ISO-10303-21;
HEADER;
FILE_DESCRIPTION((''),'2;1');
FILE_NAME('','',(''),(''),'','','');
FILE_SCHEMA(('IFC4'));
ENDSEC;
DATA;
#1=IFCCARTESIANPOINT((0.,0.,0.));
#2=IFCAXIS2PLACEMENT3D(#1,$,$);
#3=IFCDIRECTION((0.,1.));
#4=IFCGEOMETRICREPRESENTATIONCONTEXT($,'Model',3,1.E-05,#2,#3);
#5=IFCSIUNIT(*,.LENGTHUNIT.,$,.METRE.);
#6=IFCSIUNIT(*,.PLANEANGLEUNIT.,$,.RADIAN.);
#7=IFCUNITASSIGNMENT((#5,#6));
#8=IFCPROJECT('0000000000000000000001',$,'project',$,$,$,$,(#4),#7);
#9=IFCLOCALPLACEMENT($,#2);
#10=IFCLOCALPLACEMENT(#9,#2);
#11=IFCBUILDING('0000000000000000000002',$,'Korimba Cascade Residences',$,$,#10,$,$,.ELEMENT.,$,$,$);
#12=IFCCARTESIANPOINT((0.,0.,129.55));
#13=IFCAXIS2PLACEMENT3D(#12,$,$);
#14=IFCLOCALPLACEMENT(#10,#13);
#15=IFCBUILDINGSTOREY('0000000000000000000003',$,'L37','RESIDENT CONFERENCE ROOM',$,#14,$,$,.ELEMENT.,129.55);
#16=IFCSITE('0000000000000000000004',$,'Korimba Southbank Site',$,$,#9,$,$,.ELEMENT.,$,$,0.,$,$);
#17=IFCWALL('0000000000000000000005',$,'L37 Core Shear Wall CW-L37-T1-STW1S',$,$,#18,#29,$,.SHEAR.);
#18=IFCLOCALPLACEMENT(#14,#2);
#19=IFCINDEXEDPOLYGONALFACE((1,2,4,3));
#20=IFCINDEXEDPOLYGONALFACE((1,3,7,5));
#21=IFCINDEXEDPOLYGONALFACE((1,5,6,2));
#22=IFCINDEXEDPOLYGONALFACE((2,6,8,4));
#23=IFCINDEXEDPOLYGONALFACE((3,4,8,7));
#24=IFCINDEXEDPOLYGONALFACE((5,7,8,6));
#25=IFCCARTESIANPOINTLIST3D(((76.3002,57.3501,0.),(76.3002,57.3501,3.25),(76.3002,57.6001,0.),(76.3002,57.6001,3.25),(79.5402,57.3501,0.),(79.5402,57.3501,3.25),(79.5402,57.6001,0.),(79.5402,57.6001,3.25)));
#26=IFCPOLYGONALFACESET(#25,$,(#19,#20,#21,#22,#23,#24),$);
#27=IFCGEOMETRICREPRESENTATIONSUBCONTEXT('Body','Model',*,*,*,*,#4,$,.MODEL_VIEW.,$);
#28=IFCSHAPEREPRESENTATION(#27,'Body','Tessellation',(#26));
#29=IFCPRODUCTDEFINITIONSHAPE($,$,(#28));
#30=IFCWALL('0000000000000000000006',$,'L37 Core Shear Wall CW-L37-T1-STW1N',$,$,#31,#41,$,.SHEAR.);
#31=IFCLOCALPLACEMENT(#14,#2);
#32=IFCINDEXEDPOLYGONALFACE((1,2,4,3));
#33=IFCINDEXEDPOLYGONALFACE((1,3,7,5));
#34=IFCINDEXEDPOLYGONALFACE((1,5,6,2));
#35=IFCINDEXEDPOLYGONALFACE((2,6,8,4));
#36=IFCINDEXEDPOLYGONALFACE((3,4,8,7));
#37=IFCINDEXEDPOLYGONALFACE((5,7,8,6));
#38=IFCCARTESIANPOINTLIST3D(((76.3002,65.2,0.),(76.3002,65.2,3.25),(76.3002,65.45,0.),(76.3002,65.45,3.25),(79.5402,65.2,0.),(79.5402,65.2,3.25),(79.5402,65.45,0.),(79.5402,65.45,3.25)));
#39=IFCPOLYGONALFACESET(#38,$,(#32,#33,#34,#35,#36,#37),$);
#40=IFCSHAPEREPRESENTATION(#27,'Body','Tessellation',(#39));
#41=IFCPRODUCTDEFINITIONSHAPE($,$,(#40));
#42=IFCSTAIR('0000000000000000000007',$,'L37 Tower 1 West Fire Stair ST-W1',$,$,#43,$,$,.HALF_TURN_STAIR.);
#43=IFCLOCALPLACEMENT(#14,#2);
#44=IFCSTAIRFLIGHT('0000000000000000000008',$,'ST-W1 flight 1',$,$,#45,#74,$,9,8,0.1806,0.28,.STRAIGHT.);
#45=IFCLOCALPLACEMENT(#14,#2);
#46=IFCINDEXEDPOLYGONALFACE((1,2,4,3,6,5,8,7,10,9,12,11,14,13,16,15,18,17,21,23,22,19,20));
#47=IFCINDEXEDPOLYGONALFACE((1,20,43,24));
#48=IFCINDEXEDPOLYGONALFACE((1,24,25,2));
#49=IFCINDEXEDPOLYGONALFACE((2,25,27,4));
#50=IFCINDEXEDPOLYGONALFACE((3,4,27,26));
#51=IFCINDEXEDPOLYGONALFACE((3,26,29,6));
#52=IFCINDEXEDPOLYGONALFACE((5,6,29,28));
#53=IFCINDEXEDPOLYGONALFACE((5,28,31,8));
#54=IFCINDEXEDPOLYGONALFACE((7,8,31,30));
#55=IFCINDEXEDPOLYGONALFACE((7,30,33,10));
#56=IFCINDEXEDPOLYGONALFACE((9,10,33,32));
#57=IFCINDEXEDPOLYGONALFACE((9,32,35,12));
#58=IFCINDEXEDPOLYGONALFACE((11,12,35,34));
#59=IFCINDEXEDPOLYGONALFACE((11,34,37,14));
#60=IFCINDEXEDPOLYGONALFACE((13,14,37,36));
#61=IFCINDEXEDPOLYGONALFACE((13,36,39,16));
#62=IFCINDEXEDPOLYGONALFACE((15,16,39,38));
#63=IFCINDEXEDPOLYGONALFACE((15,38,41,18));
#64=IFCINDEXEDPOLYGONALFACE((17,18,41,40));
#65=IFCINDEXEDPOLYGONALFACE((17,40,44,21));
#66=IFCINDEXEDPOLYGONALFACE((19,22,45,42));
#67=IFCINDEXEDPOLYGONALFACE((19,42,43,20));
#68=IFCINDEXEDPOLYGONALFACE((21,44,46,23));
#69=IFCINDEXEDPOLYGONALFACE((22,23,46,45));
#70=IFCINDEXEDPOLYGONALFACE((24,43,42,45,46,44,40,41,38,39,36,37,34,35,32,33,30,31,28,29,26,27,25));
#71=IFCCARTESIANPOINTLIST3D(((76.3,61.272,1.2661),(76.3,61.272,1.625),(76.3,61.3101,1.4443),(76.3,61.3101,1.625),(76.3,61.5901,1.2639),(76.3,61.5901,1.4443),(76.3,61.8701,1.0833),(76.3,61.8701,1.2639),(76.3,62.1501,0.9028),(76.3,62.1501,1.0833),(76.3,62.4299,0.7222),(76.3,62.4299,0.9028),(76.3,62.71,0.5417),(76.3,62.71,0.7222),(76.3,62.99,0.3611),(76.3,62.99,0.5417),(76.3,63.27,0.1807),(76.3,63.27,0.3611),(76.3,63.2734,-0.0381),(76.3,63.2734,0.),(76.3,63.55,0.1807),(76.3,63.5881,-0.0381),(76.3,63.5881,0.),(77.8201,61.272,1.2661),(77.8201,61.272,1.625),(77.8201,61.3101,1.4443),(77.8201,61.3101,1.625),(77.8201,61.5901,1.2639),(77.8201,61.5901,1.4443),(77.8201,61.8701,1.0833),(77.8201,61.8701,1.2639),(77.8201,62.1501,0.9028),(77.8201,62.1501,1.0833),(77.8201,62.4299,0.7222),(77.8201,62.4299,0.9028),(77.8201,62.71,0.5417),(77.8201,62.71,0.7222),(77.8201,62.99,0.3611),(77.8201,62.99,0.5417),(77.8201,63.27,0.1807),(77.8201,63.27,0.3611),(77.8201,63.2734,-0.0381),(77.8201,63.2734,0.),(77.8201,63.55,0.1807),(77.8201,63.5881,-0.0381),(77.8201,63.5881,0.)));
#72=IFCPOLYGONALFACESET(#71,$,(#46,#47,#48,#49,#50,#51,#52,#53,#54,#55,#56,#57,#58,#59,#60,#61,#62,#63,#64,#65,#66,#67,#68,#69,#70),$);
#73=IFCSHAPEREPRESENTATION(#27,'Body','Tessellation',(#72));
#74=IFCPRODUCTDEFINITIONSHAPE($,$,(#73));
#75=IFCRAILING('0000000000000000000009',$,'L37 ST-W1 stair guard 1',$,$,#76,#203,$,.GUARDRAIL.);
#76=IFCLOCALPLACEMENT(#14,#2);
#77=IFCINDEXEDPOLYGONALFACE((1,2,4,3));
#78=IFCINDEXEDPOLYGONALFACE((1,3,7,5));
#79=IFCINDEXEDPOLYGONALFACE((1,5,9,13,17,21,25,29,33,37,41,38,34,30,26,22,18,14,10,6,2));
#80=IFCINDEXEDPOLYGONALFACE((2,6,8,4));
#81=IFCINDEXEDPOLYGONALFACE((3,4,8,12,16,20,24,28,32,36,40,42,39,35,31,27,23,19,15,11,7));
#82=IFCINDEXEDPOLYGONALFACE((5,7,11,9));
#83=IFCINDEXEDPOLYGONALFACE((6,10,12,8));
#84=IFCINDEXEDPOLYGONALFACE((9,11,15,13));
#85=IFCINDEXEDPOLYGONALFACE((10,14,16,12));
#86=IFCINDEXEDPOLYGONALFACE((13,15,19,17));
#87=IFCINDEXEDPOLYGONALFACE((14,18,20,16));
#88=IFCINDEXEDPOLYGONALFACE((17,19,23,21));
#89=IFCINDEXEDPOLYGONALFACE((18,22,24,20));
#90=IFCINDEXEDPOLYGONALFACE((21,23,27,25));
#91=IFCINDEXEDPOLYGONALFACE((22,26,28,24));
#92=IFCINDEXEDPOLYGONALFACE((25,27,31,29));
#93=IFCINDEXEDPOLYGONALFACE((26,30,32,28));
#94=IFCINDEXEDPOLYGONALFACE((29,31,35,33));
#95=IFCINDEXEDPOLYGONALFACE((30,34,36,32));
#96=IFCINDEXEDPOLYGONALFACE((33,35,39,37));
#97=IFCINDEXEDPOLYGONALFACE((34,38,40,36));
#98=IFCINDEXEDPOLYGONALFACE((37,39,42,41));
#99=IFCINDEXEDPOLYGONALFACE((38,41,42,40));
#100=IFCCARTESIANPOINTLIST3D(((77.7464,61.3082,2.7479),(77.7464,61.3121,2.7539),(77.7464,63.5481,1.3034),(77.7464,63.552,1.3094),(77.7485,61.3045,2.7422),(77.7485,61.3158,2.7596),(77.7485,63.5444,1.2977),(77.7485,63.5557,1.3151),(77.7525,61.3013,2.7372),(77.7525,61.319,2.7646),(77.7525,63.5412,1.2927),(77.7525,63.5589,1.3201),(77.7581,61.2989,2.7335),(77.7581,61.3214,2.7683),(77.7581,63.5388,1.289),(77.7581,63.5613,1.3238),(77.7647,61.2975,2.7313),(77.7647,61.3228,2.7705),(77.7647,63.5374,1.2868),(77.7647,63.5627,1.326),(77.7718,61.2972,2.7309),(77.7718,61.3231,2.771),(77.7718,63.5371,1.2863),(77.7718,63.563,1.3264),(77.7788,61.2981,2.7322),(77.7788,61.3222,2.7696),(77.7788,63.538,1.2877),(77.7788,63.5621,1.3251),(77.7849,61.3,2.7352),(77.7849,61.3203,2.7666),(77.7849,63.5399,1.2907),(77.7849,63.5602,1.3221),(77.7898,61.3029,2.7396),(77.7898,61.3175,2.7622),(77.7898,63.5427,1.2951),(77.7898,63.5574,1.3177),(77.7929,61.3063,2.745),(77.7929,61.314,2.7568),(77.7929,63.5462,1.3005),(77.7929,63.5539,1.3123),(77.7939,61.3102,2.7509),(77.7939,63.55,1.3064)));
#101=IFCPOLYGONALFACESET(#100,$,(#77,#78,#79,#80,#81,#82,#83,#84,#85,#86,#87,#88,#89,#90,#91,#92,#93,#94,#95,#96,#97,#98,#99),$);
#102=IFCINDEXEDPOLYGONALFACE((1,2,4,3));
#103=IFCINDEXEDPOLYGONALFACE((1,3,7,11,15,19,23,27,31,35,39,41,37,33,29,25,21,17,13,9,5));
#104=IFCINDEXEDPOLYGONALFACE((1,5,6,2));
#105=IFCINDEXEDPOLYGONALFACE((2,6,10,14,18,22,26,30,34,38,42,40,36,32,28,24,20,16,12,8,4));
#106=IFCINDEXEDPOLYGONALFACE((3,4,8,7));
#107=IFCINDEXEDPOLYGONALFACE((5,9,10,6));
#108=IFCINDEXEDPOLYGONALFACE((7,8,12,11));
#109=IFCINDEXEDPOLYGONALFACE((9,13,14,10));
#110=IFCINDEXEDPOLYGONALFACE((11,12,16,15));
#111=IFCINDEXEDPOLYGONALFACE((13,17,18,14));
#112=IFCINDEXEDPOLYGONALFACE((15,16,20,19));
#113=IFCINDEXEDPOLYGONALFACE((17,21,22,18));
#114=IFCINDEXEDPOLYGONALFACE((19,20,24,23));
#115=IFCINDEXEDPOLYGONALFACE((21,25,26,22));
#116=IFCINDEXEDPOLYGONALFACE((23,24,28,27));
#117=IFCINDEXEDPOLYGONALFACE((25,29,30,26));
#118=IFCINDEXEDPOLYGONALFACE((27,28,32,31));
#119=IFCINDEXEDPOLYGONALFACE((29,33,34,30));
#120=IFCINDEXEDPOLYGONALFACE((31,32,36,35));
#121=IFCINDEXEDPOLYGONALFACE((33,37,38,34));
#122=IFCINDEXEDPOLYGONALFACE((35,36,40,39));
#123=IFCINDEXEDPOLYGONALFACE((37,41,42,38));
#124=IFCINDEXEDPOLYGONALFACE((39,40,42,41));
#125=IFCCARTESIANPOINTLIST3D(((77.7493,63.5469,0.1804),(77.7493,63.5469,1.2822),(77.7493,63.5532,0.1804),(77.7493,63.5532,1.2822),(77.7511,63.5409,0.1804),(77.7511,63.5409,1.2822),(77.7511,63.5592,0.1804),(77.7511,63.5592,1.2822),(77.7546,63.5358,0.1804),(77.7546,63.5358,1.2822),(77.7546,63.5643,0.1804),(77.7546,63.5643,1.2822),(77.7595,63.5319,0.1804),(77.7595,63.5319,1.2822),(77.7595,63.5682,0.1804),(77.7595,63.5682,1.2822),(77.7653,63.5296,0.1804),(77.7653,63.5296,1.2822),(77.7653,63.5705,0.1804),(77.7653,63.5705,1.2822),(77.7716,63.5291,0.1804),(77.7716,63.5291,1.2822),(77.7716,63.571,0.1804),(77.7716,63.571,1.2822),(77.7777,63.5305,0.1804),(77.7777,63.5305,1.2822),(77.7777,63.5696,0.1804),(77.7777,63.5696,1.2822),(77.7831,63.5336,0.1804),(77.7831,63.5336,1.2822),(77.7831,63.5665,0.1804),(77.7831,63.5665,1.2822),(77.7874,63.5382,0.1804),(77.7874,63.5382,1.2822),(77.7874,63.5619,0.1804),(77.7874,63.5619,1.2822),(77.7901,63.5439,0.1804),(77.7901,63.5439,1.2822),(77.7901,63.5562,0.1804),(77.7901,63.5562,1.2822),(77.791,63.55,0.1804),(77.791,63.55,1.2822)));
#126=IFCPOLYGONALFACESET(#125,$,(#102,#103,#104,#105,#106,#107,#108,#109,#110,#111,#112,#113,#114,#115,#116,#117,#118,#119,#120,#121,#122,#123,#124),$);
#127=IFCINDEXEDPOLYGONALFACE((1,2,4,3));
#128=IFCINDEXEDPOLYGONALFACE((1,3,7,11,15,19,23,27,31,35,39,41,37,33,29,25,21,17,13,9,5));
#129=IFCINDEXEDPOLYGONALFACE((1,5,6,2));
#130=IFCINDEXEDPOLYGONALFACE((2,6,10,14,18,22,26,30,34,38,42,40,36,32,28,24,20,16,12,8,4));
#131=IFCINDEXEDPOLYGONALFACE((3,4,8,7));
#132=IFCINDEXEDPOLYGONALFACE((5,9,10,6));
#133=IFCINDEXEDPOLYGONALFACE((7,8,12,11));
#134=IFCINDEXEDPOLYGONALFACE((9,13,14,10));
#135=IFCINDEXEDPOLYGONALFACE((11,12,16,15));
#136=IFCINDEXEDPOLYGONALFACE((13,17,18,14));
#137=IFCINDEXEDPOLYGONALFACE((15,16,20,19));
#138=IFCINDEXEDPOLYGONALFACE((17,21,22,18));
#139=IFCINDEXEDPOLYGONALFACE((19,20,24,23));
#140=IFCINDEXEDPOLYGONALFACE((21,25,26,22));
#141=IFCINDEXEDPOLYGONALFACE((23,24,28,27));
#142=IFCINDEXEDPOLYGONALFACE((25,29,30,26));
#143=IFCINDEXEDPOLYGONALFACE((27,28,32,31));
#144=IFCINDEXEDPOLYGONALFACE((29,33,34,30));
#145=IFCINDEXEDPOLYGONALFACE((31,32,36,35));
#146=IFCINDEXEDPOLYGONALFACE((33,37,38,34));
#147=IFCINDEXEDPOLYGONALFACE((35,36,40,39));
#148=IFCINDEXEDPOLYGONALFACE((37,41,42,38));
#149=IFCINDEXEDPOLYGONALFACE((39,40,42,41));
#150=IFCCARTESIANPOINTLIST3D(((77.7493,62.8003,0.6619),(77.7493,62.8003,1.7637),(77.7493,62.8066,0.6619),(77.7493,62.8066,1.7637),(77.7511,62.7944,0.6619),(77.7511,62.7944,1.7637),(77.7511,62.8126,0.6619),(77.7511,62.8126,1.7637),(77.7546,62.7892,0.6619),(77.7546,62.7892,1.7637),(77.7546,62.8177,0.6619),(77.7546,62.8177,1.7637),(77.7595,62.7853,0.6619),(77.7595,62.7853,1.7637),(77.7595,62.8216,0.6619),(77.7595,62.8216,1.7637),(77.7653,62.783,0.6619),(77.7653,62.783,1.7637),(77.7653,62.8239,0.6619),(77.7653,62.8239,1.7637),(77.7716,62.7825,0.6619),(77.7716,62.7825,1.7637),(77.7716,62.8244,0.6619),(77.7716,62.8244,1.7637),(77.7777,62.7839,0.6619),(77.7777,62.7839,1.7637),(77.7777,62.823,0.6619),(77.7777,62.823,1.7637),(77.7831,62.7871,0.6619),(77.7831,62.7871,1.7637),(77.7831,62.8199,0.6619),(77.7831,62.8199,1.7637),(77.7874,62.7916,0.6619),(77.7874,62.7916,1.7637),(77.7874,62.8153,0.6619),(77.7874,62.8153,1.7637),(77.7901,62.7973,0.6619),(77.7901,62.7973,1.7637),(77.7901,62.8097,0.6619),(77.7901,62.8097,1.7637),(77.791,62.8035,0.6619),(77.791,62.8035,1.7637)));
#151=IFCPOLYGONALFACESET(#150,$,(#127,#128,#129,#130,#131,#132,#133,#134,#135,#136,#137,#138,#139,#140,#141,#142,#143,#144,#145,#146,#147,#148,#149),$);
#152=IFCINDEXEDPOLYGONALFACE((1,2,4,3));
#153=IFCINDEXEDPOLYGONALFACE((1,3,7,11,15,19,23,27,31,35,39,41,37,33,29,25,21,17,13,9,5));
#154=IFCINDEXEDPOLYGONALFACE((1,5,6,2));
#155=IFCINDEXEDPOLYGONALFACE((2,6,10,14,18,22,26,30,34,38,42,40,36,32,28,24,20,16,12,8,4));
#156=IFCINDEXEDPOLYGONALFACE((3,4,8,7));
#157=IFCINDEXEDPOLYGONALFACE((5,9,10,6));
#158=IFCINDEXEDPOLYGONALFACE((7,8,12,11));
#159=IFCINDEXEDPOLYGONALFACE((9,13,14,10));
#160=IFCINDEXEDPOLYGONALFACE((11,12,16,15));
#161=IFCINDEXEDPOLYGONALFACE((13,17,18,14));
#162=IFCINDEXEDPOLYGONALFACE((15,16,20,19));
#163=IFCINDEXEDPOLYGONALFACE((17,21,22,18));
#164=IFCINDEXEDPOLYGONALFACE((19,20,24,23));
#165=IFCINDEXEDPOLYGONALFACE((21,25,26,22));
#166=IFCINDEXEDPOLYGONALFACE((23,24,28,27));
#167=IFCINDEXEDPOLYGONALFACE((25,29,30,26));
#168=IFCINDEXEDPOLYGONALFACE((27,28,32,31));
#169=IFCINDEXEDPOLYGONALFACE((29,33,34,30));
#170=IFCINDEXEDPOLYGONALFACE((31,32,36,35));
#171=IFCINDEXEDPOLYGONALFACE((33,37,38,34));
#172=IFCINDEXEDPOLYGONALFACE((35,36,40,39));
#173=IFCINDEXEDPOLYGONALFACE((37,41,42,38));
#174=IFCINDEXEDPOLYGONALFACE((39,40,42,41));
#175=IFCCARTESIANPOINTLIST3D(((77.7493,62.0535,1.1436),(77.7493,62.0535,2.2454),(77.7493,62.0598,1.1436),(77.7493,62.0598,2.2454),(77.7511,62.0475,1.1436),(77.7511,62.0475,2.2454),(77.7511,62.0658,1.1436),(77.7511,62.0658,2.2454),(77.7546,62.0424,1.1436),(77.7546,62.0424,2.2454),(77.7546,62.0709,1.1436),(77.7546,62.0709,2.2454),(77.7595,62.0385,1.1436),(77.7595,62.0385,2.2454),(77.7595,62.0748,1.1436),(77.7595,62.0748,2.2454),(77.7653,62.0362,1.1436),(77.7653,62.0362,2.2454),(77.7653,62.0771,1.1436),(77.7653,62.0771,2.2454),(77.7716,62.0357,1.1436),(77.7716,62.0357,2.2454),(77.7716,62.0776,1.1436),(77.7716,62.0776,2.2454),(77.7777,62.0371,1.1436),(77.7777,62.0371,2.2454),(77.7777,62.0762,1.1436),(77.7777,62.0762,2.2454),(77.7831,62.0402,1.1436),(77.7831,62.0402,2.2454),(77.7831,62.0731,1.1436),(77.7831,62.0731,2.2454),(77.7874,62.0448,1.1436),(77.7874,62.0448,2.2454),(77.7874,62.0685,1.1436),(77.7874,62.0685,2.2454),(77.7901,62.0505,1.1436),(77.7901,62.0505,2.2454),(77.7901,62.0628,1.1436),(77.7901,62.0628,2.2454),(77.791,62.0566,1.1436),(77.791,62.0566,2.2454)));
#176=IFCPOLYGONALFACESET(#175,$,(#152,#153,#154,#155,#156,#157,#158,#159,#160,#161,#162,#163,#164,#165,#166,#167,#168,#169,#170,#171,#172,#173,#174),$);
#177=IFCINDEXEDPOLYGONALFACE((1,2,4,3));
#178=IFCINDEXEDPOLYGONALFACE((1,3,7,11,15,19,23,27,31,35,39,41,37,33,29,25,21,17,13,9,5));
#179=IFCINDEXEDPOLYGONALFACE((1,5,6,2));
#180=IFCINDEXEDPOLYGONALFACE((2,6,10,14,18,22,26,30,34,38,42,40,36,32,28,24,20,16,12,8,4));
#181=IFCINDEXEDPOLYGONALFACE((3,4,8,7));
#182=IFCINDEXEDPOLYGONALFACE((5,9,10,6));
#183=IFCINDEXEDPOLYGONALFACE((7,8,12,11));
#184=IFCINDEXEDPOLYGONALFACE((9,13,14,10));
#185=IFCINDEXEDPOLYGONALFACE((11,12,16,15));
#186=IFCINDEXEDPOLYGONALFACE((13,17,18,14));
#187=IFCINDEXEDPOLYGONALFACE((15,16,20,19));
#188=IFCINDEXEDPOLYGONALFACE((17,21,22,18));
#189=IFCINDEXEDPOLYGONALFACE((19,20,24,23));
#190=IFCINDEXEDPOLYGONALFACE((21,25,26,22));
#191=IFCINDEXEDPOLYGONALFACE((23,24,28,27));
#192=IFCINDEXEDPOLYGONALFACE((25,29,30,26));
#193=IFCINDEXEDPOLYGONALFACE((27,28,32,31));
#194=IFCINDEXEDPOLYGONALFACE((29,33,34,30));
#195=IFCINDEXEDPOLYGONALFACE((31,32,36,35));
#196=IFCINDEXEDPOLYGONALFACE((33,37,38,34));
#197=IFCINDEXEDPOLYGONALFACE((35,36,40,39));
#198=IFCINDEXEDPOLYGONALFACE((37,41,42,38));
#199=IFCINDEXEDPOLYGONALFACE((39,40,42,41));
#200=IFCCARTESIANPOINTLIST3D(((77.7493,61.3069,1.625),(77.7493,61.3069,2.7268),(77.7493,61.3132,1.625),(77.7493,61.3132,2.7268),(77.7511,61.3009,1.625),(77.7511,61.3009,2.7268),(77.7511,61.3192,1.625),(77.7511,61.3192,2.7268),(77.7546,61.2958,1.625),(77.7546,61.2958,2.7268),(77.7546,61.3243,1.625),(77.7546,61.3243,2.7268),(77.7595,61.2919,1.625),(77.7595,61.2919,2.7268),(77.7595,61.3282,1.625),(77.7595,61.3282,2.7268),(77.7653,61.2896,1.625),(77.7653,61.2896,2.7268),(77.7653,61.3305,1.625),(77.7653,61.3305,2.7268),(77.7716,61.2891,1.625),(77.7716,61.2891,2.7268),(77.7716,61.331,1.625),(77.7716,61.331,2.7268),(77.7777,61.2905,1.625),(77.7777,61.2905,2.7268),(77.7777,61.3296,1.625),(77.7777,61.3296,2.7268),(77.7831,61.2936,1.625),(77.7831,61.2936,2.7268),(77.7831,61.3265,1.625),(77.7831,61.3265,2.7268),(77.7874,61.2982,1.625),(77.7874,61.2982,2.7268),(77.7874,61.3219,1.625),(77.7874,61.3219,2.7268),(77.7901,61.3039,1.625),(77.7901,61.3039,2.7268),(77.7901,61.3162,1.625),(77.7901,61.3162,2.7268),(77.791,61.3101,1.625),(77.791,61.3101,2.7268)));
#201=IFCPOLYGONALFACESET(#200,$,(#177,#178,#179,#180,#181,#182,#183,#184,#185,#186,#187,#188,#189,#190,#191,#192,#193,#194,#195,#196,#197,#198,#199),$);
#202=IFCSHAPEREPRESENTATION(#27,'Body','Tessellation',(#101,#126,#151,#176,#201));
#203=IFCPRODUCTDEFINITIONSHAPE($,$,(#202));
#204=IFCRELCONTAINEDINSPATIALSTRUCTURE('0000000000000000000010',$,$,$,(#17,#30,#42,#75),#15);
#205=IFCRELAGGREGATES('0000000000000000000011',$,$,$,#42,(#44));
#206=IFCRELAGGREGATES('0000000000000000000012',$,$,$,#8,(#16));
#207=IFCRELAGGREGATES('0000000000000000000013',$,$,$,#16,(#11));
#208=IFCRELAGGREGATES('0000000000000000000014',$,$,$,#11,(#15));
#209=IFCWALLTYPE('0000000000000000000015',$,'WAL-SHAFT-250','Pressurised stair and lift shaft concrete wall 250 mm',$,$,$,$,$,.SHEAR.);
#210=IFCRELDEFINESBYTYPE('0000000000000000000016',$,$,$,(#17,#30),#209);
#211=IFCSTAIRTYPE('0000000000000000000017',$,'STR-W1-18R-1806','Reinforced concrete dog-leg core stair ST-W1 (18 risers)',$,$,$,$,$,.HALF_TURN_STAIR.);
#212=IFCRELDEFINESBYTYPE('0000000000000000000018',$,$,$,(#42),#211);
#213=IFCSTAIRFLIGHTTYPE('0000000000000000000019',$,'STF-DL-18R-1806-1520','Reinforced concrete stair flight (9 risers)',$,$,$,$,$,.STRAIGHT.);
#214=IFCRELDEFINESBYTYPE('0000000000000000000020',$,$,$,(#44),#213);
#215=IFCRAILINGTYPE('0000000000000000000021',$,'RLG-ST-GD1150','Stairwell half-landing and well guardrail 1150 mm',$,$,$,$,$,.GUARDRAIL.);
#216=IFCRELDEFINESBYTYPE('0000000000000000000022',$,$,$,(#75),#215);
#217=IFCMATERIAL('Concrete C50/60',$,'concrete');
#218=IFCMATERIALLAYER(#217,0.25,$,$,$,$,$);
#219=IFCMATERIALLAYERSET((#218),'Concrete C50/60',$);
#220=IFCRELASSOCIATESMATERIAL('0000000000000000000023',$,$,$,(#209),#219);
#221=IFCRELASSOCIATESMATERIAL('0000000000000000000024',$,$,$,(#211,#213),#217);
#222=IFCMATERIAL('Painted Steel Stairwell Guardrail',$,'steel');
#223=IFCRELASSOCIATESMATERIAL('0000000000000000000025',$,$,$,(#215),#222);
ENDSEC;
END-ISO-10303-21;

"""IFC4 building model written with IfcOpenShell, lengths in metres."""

from ifc_helpers import new_model, si_unit, direction, frame, frame_2d, origin, origin_2d, place, context, subcontext, project, spatial, polyline, rectangle, circle, outline, extrude, material, layer, layer_set, type_object, element, aggregate, save


model = new_model("IFC4")

# Units and contexts
model_context = context("Model", 3, precision=1e-05, world=origin(), true_north=direction((0.0, 1.0)))
body_context = subcontext(model_context, "Body", "Model", "MODEL_VIEW")
ifc_project = project(units=[si_unit("LENGTHUNIT", "METRE"), si_unit("PLANEANGLEUNIT", "RADIAN")], contexts=[model_context])

# Site, building, storey
site_placement = place(None, origin())
site = spatial("IfcSite", under=ifc_project, at=site_placement, Name="Korimba Southbank Site", CompositionType="ELEMENT", RefElevation=0.0)
building_placement = place(site_placement, origin())
building = spatial("IfcBuilding", under=site, at=building_placement, Name="Korimba Cascade Residences", CompositionType="ELEMENT")
storey_placement = place(building_placement, frame((0.0, 0.0, 129.55)))
storey = spatial("IfcBuildingStorey", under=building, at=storey_placement, Name="L37", Description="RESIDENT CONFERENCE ROOM", CompositionType="ELEMENT", Elevation=129.55)

# Walls
ifc_material_1 = material(Name="Concrete C50/60", Category="concrete")
ifc_layer_1 = layer(ifc_material_1, 0.25)
ifc_layer_set_1 = layer_set([ifc_layer_1], Name="Concrete C50/60")
wall_type_1 = type_object("IfcWallType", Name="WAL-SHAFT-250", Description="Pressurised stair and lift shaft concrete wall 250 mm", PredefinedType="SHEAR", material=ifc_layer_set_1)
for number, where, z_axis, x_axis, name in (
    (1, (76.3, 57.4751, 0.0), (0.0, 0.0, 1.0), (1.0, 0.0, 0.0), "L37 Core Shear Wall CW-L37-T1-STW1S"),
    (2, (76.3, 65.325, 0.0), (0.0, 0.0, 1.0), (1.0, 0.0, 0.0), "L37 Core Shear Wall CW-L37-T1-STW1N"),
):
    element("IfcWall", number, at=place(storey_placement, frame(where, z_axis=z_axis, x_axis=x_axis)), inside=storey, type_object=wall_type_1, Name=name, PredefinedType="SHEAR", context=body_context, shape_type="SweptSolid", body=[
        extrude(rectangle(XDim=3.24, YDim=0.25, at=frame_2d((1.6201, 0.0))), origin(), (0.0, 0.0, 1.0), 3.25),
    ])

# Stair, stair flight
stair_type = type_object("IfcStairType", Name="STR-W1-18R-1806", Description="Reinforced concrete dog-leg core stair ST-W1 (18 risers)", PredefinedType="HALF_TURN_STAIR", material=ifc_material_1)
stair_placement = place(storey_placement, origin())
stair = element("IfcStair", 3, at=stair_placement, inside=storey, type_object=stair_type, Name="L37 Tower 1 West Fire Stair ST-W1", PredefinedType="HALF_TURN_STAIR")
stair_flight_type = type_object("IfcStairFlightType", Name="STF-DL-18R-1806-1520", Description="Reinforced concrete stair flight (9 risers)", PredefinedType="STRAIGHT", material=ifc_material_1)
stair_flight_placement = place(storey_placement, frame((77.0601, 63.55, 0.0), z_axis=(0.0, 0.0, 1.0), x_axis=(0.0, -1.0, 0.0)))
stair_flight = element("IfcStairFlight", 4, at=stair_flight_placement, type_object=stair_flight_type, Name="ST-W1 flight 1", NumberOfRisers=9, NumberOfTreads=8, PredefinedType="STRAIGHT", RiserHeight=0.1806, TreadLength=0.28, context=body_context, shape_type="SweptSolid", body=[
    extrude(outline(polyline([(-0.0381, 0.0), (0.0, 0.1807), (0.28, 0.1807), (0.28, 0.3611), (0.5601, 0.3611), (0.5601, 0.5417), (0.8401, 0.5417), (0.8401, 0.7222), (1.1201, 0.7222), (1.1201, 0.9028), (1.3999, 0.9028), (1.3999, 1.0833), (1.6799, 1.0833), (1.6799, 1.2639), (1.96, 1.2639), (1.96, 1.4443), (2.24, 1.4443), (2.24, 1.625), (2.2781, 1.625), (2.2781, 1.2661), (0.2766, 0.0), (0.2766, -0.0381), (-0.0381, -0.0381), (-0.0381, 0.0)])), frame((0.0, 0.76, 0.0), z_axis=(0.0, -1.0, 0.0), x_axis=(1.0, 0.0, 0.0)), (0.0, 0.0, 1.0), 1.52),
])
aggregate(stair, [stair_flight])

# Railing
ifc_material_2 = material(Name="Painted Steel Stairwell Guardrail", Category="steel")
railing_type_1 = type_object("IfcRailingType", Name="RLG-ST-GD1150", Description="Stairwell half-landing and well guardrail 1150 mm", PredefinedType="GUARDRAIL", material=ifc_material_2)
railing_1_placement = place(storey_placement, frame((77.77, 63.55, 0.1804)))
element("IfcRailing", 5, at=railing_1_placement, inside=storey, type_object=railing_type_1, Name="L37 ST-W1 stair guard 1", PredefinedType="GUARDRAIL", context=body_context, shape_type="SweptSolid", body=[
    extrude(circle(Radius=0.0239, at=origin_2d()), frame((0.0, 0.0, 1.126), z_axis=(0.0, -0.840395, 0.541975), x_axis=(1.0, 0.0, 0.0)), (0.0, 0.0, 1.0), 2.6653),
    extrude(circle(Radius=0.021, at=origin_2d()), origin(), (0.0, 0.0, 1.0), 1.1018),
    extrude(circle(Radius=0.021, at=origin_2d()), frame((0.0, -0.7466, 0.4814)), (0.0, 0.0, 1.0), 1.1018),
    extrude(circle(Radius=0.021, at=origin_2d()), frame((0.0, -1.4934, 0.9631)), (0.0, 0.0, 1.0), 1.1018),
    extrude(circle(Radius=0.021, at=origin_2d()), frame((0.0, -2.24, 1.4446)), (0.0, 0.0, 1.0), 1.1018),
])

save(model, "model.ifc")
